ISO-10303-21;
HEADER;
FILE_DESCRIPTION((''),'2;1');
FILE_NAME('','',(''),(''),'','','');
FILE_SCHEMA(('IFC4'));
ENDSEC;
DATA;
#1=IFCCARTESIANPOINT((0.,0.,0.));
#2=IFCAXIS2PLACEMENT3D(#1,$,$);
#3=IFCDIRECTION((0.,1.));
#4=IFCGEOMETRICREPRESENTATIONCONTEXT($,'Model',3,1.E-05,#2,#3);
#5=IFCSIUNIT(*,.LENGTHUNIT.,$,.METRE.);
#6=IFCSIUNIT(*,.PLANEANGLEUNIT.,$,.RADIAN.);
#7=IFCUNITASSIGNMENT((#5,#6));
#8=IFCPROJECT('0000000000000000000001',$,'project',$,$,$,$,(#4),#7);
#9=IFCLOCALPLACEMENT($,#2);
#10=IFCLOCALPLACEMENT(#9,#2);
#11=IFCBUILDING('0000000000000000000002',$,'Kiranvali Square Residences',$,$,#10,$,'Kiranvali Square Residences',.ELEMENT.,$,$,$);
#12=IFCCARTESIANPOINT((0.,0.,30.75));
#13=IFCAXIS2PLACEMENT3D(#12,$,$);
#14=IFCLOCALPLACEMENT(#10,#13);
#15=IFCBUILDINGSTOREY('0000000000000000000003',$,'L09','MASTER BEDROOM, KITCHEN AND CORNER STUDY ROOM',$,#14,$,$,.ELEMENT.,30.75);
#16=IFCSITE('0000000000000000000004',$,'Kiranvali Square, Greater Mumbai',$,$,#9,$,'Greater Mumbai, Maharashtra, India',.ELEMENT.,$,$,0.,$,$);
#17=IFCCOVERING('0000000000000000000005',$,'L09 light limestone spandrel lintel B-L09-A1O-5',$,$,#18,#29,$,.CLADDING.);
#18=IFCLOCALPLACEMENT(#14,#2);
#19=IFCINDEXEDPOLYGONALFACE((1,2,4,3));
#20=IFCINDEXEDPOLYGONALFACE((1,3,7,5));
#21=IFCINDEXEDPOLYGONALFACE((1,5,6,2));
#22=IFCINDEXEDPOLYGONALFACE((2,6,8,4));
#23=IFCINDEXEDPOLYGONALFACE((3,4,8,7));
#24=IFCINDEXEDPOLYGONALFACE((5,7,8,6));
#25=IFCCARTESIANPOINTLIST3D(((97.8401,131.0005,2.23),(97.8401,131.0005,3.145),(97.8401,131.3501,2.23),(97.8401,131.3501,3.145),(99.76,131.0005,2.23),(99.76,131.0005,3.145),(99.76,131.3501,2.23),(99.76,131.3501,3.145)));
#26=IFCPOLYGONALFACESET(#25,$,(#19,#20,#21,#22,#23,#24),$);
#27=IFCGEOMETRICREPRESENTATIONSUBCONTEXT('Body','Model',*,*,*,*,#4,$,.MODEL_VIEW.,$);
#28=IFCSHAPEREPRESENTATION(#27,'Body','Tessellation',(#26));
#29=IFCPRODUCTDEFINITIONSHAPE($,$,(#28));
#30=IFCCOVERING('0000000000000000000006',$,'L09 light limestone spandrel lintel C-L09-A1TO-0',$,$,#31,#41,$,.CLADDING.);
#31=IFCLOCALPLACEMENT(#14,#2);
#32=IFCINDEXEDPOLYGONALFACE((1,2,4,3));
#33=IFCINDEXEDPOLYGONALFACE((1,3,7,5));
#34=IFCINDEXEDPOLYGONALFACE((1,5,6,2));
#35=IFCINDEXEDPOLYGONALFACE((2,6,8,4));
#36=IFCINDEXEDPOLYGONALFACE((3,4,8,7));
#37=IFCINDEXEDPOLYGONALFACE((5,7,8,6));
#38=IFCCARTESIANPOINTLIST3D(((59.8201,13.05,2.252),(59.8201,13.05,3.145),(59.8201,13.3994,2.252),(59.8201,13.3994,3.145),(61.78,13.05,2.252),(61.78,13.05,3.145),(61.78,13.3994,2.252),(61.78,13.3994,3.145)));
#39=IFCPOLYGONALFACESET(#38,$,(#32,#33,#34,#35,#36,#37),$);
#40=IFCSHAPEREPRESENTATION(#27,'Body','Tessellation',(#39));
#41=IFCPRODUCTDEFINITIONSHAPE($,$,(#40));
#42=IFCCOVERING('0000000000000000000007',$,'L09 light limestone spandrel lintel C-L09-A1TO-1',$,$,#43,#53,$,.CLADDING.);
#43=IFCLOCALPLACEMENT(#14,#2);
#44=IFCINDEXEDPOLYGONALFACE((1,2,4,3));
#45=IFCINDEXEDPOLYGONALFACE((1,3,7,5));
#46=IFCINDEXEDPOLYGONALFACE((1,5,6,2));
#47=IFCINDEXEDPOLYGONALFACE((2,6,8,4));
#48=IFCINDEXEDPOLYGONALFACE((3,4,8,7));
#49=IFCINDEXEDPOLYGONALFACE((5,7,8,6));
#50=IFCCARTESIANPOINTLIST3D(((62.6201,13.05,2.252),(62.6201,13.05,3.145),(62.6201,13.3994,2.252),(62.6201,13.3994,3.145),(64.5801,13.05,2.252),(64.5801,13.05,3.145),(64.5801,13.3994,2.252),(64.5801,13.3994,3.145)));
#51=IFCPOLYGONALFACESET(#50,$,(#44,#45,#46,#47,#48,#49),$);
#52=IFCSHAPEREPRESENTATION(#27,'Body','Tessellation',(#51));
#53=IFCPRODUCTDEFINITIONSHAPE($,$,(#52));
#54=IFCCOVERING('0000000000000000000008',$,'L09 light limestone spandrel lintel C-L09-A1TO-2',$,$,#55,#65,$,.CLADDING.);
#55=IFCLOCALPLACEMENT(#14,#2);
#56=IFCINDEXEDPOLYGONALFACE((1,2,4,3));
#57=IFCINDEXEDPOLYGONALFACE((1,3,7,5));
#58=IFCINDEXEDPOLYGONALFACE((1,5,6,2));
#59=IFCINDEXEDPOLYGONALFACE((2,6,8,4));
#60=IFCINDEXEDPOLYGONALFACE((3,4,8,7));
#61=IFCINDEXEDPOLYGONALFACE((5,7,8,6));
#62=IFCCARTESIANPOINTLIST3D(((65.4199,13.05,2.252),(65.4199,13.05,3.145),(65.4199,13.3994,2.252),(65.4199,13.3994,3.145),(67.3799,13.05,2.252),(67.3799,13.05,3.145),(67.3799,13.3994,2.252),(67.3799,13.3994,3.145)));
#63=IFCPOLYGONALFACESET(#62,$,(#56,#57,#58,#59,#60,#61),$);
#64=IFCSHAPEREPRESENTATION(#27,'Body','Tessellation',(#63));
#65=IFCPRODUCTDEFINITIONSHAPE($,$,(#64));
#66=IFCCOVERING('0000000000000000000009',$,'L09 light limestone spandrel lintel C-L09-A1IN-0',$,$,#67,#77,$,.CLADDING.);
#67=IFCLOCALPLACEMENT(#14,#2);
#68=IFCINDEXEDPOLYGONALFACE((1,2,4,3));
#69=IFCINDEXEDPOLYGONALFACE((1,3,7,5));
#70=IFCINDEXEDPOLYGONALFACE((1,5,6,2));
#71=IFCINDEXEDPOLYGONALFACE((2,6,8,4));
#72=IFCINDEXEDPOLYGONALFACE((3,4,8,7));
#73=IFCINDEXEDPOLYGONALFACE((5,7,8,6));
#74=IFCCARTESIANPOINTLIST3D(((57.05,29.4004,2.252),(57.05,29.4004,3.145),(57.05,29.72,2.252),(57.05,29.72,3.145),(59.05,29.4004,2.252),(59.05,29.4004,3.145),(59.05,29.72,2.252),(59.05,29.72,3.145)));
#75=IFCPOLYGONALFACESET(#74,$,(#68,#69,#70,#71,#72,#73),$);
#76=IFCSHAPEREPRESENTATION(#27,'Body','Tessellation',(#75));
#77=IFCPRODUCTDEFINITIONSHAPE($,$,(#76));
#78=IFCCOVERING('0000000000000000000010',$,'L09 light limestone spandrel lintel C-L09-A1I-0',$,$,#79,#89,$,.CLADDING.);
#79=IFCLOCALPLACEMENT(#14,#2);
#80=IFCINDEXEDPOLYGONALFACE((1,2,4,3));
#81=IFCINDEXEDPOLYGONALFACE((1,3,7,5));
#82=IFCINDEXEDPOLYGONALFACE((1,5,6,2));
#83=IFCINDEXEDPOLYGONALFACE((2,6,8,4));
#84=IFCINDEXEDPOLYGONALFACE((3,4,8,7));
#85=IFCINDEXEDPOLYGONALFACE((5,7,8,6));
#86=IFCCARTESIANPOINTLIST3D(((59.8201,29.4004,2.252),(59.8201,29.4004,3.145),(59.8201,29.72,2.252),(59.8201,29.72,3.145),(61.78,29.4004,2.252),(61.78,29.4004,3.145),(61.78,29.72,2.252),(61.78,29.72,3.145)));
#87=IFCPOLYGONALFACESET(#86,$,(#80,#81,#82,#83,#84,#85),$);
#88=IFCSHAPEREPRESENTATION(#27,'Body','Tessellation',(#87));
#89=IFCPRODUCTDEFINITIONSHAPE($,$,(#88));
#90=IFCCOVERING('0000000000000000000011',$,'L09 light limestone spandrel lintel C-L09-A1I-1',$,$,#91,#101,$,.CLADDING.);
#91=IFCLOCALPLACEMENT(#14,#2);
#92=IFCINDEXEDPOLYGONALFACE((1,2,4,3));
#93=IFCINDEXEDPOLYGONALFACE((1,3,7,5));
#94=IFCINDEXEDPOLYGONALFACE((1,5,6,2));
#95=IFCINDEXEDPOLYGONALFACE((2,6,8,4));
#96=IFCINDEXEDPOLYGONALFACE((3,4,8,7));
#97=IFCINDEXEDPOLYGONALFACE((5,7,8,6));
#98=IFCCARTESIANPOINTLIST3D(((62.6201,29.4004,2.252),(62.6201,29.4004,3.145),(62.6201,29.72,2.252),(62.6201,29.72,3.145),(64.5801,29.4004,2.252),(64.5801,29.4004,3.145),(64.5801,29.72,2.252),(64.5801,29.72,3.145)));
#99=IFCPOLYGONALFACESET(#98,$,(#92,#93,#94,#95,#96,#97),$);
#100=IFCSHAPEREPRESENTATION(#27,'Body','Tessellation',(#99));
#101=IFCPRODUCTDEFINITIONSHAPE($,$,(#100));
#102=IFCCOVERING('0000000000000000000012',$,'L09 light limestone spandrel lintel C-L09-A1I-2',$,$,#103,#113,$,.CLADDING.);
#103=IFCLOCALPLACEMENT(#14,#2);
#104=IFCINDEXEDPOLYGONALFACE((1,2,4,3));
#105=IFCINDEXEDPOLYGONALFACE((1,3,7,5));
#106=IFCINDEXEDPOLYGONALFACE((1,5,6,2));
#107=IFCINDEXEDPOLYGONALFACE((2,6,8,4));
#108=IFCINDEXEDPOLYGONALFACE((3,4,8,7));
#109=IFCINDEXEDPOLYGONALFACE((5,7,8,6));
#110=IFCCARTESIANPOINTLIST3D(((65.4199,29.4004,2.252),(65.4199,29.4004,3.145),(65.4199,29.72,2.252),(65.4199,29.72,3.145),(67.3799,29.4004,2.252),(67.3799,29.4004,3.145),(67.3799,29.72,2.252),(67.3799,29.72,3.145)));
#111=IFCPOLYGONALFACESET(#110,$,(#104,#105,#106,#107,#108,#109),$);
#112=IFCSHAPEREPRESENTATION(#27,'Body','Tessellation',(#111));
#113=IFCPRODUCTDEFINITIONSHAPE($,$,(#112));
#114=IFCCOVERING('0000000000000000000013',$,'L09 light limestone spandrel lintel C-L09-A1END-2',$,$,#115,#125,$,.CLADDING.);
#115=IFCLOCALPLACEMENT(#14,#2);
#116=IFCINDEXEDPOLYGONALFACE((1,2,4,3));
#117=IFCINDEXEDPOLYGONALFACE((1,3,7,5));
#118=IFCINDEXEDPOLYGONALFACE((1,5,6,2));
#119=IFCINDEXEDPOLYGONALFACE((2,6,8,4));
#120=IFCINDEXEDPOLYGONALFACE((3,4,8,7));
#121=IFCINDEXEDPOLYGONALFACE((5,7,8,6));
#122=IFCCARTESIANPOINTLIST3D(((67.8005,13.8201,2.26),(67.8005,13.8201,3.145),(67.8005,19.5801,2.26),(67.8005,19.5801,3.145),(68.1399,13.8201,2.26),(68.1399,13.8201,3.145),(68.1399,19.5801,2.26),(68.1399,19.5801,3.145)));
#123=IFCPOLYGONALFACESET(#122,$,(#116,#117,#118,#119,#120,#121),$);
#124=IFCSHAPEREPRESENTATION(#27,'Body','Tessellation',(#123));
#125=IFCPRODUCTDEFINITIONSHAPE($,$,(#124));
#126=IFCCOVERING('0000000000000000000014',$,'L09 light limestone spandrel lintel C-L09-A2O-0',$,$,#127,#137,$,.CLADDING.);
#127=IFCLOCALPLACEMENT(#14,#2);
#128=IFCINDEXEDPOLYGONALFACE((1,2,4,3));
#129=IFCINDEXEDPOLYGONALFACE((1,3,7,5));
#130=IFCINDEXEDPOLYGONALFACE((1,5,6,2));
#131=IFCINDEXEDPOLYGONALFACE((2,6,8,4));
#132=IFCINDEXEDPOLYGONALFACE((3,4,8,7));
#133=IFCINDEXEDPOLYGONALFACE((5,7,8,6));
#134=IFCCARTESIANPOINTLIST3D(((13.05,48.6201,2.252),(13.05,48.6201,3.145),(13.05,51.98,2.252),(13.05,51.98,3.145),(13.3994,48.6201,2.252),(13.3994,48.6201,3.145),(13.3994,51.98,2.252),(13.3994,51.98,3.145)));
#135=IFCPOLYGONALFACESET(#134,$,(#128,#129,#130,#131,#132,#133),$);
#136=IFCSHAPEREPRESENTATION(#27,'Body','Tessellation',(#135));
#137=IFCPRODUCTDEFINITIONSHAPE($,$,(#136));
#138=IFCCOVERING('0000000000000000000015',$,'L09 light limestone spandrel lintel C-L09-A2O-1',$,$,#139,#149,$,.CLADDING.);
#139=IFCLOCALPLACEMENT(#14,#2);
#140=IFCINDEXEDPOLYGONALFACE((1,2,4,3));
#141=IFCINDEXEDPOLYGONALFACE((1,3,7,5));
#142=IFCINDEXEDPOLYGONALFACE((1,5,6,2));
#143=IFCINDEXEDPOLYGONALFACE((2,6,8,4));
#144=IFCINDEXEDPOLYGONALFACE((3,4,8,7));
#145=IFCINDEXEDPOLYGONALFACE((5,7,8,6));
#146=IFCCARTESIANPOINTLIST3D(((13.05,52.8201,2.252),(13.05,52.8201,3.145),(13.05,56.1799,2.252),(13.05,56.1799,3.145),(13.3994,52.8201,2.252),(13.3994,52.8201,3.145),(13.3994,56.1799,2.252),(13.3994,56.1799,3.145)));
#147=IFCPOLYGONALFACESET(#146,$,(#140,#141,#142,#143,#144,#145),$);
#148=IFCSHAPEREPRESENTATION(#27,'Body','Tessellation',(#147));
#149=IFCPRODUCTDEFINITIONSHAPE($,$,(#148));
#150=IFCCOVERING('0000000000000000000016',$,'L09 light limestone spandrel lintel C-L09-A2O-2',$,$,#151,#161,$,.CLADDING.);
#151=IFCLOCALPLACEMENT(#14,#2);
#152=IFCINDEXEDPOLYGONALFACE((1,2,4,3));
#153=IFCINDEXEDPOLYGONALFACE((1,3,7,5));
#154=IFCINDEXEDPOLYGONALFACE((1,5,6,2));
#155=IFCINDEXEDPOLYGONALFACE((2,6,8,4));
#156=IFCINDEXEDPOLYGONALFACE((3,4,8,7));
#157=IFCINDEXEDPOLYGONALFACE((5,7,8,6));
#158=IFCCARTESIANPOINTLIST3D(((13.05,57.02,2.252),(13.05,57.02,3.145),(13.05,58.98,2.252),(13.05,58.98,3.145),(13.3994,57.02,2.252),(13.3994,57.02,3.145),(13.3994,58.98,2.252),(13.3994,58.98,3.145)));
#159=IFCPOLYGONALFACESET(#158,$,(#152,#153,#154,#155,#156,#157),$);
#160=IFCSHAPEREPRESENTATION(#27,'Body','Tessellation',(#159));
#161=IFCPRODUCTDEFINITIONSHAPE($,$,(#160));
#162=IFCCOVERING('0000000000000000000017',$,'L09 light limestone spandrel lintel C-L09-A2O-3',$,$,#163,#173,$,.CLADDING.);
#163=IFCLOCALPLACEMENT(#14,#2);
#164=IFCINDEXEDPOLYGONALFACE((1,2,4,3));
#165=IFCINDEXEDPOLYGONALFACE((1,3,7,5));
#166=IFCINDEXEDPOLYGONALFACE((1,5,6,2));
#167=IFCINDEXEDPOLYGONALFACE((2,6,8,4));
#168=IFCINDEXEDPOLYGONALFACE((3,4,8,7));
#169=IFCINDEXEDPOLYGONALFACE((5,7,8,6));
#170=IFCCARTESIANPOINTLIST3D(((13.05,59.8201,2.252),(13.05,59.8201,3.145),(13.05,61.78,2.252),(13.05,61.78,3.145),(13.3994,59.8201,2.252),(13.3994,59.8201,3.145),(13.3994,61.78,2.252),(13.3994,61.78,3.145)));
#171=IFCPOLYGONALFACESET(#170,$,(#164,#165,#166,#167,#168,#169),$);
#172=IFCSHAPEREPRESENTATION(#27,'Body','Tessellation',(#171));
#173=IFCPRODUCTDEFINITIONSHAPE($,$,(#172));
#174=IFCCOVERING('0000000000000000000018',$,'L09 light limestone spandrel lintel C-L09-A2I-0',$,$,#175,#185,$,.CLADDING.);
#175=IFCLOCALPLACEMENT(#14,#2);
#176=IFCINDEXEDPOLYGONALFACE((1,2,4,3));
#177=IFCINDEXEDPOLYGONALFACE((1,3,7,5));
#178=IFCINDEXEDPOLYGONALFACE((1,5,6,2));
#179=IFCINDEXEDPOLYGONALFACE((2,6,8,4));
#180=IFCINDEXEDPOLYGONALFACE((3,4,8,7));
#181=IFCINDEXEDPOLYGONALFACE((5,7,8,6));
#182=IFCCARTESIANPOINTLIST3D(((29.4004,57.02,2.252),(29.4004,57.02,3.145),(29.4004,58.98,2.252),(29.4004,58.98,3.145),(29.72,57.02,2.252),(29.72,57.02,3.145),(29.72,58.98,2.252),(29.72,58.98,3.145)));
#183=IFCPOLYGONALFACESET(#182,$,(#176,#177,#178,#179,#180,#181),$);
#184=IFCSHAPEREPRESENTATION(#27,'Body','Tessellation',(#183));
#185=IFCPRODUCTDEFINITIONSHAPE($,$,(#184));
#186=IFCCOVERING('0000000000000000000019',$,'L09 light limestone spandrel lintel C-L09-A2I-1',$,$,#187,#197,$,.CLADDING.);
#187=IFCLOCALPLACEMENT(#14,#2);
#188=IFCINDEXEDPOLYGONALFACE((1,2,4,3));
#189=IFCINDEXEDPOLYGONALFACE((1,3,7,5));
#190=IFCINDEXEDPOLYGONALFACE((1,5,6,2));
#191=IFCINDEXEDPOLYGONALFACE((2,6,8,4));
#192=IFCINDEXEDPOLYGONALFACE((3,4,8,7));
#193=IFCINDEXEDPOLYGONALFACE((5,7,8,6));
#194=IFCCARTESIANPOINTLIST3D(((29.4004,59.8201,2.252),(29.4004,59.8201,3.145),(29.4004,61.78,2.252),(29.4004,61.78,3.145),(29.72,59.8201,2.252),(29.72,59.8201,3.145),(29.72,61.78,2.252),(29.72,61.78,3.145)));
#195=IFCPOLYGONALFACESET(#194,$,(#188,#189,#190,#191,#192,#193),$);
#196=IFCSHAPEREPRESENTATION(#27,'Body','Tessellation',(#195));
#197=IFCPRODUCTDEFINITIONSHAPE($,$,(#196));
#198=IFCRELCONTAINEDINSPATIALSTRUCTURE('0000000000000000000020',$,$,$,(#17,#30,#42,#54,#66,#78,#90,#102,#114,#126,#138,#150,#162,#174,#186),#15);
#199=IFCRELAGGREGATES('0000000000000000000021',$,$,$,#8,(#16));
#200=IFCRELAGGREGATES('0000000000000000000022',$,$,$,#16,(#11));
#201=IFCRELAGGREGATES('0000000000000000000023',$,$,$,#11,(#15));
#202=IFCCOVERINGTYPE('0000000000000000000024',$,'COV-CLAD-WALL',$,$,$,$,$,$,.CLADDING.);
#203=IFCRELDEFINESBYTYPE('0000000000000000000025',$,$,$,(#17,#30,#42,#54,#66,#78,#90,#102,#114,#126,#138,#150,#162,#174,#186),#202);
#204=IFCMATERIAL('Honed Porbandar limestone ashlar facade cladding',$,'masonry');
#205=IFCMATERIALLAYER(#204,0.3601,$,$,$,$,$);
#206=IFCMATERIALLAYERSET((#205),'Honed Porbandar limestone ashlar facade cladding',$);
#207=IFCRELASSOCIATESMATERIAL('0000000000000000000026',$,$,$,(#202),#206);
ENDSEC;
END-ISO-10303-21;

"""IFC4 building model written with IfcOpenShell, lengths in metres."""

from ifc_helpers import new_model, si_unit, direction, frame, origin, place, context, subcontext, project, spatial, polyline, outline, extrude, material, layer, layer_set, type_object, element, save


model = new_model("IFC4")

# Units and contexts
model_context = context("Model", 3, precision=1e-05, world=origin(), true_north=direction((0.0, 1.0)))
body_context = subcontext(model_context, "Body", "Model", "MODEL_VIEW")
ifc_project = project(units=[si_unit("LENGTHUNIT", "METRE"), si_unit("PLANEANGLEUNIT", "RADIAN")], contexts=[model_context])

# Site, building, storey
site_placement = place(None, origin())
site = spatial("IfcSite", under=ifc_project, at=site_placement, Name="Kiranvali Square, Greater Mumbai", LongName="Greater Mumbai, Maharashtra, India", CompositionType="ELEMENT", RefElevation=0.0)
building_placement = place(site_placement, origin())
building = spatial("IfcBuilding", under=site, at=building_placement, Name="Kiranvali Square Residences", LongName="Kiranvali Square Residences", CompositionType="ELEMENT")
storey_placement = place(building_placement, frame((0.0, 0.0, 30.75)))
storey = spatial("IfcBuildingStorey", under=building, at=storey_placement, Name="L09", Description="MASTER BEDROOM, KITCHEN AND CORNER STUDY ROOM", CompositionType="ELEMENT", Elevation=30.75)

# Coverings
ifc_material = material(Name="Honed Porbandar limestone ashlar facade cladding", Category="masonry")
ifc_layer = layer(ifc_material, 0.3601)
ifc_layer_set = layer_set([ifc_layer], Name="Honed Porbandar limestone ashlar facade cladding")
covering_type = type_object("IfcCoveringType", Name="COV-CLAD-WALL", PredefinedType="CLADDING", material=ifc_layer_set)
covering_1_placement = place(storey_placement, frame((0.0, 0.0, 2.23)))
element("IfcCovering", 1, at=covering_1_placement, inside=storey, type_object=covering_type, Name="L09 light limestone spandrel lintel B-L09-A1O-5", PredefinedType="CLADDING", context=body_context, shape_type="SweptSolid", body=[
    extrude(outline(polyline([(99.76, 131.3501), (97.8401, 131.3501), (97.8401, 131.0005), (99.76, 131.0005), (99.76, 131.3501)])), origin(), (0.0, 0.0, 1.0), 0.915),
])
covering_2_placement = place(storey_placement, frame((0.0, 0.0, 2.252)))
element("IfcCovering", 2, at=covering_2_placement, inside=storey, type_object=covering_type, Name="L09 light limestone spandrel lintel C-L09-A1TO-0", PredefinedType="CLADDING", context=body_context, shape_type="SweptSolid", body=[
    extrude(outline(polyline([(59.8201, 13.05), (61.78, 13.05), (61.78, 13.3994), (59.8201, 13.3994), (59.8201, 13.05)])), origin(), (0.0, 0.0, 1.0), 0.8931),
])
covering_3_placement = place(storey_placement, frame((0.0, 0.0, 2.252)))
element("IfcCovering", 3, at=covering_3_placement, inside=storey, type_object=covering_type, Name="L09 light limestone spandrel lintel C-L09-A1TO-1", PredefinedType="CLADDING", context=body_context, shape_type="SweptSolid", body=[
    extrude(outline(polyline([(62.6201, 13.05), (64.5801, 13.05), (64.5801, 13.3994), (62.6201, 13.3994), (62.6201, 13.05)])), origin(), (0.0, 0.0, 1.0), 0.8931),
])
covering_4_placement = place(storey_placement, frame((0.0, 0.0, 2.252)))
element("IfcCovering", 4, at=covering_4_placement, inside=storey, type_object=covering_type, Name="L09 light limestone spandrel lintel C-L09-A1TO-2", PredefinedType="CLADDING", context=body_context, shape_type="SweptSolid", body=[
    extrude(outline(polyline([(65.4199, 13.05), (67.3799, 13.05), (67.3799, 13.3994), (65.4199, 13.3994), (65.4199, 13.05)])), origin(), (0.0, 0.0, 1.0), 0.8931),
])
covering_5_placement = place(storey_placement, frame((0.0, 0.0, 2.252)))
element("IfcCovering", 5, at=covering_5_placement, inside=storey, type_object=covering_type, Name="L09 light limestone spandrel lintel C-L09-A1IN-0", PredefinedType="CLADDING", context=body_context, shape_type="SweptSolid", body=[
    extrude(outline(polyline([(57.05, 29.4004), (59.05, 29.4004), (59.05, 29.72), (57.05, 29.72), (57.05, 29.4004)])), origin(), (0.0, 0.0, 1.0), 0.8931),
])
covering_6_placement = place(storey_placement, frame((0.0, 0.0, 2.252)))
element("IfcCovering", 6, at=covering_6_placement, inside=storey, type_object=covering_type, Name="L09 light limestone spandrel lintel C-L09-A1I-0", PredefinedType="CLADDING", context=body_context, shape_type="SweptSolid", body=[
    extrude(outline(polyline([(59.8201, 29.4004), (61.78, 29.4004), (61.78, 29.72), (59.8201, 29.72), (59.8201, 29.4004)])), origin(), (0.0, 0.0, 1.0), 0.8931),
])
covering_7_placement = place(storey_placement, frame((0.0, 0.0, 2.252)))
element("IfcCovering", 7, at=covering_7_placement, inside=storey, type_object=covering_type, Name="L09 light limestone spandrel lintel C-L09-A1I-1", PredefinedType="CLADDING", context=body_context, shape_type="SweptSolid", body=[
    extrude(outline(polyline([(62.6201, 29.4004), (64.5801, 29.4004), (64.5801, 29.72), (62.6201, 29.72), (62.6201, 29.4004)])), origin(), (0.0, 0.0, 1.0), 0.8931),
])
covering_8_placement = place(storey_placement, frame((0.0, 0.0, 2.252)))
element("IfcCovering", 8, at=covering_8_placement, inside=storey, type_object=covering_type, Name="L09 light limestone spandrel lintel C-L09-A1I-2", PredefinedType="CLADDING", context=body_context, shape_type="SweptSolid", body=[
    extrude(outline(polyline([(65.4199, 29.4004), (67.3799, 29.4004), (67.3799, 29.72), (65.4199, 29.72), (65.4199, 29.4004)])), origin(), (0.0, 0.0, 1.0), 0.8931),
])
covering_9_placement = place(storey_placement, frame((0.0, 0.0, 2.26)))
element("IfcCovering", 9, at=covering_9_placement, inside=storey, type_object=covering_type, Name="L09 light limestone spandrel lintel C-L09-A1END-2", PredefinedType="CLADDING", context=body_context, shape_type="SweptSolid", body=[
    extrude(outline(polyline([(67.8005, 19.5801), (67.8005, 13.8201), (68.1399, 13.8201), (68.1399, 19.5801), (67.8005, 19.5801)])), origin(), (0.0, 0.0, 1.0), 0.885),
])
covering_10_placement = place(storey_placement, frame((0.0, 0.0, 2.252)))
element("IfcCovering", 10, at=covering_10_placement, inside=storey, type_object=covering_type, Name="L09 light limestone spandrel lintel C-L09-A2O-0", PredefinedType="CLADDING", context=body_context, shape_type="SweptSolid", body=[
    extrude(outline(polyline([(13.3994, 48.6201), (13.3994, 51.98), (13.05, 51.98), (13.05, 48.6201), (13.3994, 48.6201)])), origin(), (0.0, 0.0, 1.0), 0.8931),
])
covering_11_placement = place(storey_placement, frame((0.0, 0.0, 2.252)))
element("IfcCovering", 11, at=covering_11_placement, inside=storey, type_object=covering_type, Name="L09 light limestone spandrel lintel C-L09-A2O-1", PredefinedType="CLADDING", context=body_context, shape_type="SweptSolid", body=[
    extrude(outline(polyline([(13.3994, 52.8201), (13.3994, 56.1799), (13.05, 56.1799), (13.05, 52.8201), (13.3994, 52.8201)])), origin(), (0.0, 0.0, 1.0), 0.8931),
])
covering_12_placement = place(storey_placement, frame((0.0, 0.0, 2.252)))
element("IfcCovering", 12, at=covering_12_placement, inside=storey, type_object=covering_type, Name="L09 light limestone spandrel lintel C-L09-A2O-2", PredefinedType="CLADDING", context=body_context, shape_type="SweptSolid", body=[
    extrude(outline(polyline([(13.3994, 57.02), (13.3994, 58.98), (13.05, 58.98), (13.05, 57.02), (13.3994, 57.02)])), origin(), (0.0, 0.0, 1.0), 0.8931),
])
covering_13_placement = place(storey_placement, frame((0.0, 0.0, 2.252)))
element("IfcCovering", 13, at=covering_13_placement, inside=storey, type_object=covering_type, Name="L09 light limestone spandrel lintel C-L09-A2O-3", PredefinedType="CLADDING", context=body_context, shape_type="SweptSolid", body=[
    extrude(outline(polyline([(13.3994, 59.8201), (13.3994, 61.78), (13.05, 61.78), (13.05, 59.8201), (13.3994, 59.8201)])), origin(), (0.0, 0.0, 1.0), 0.8931),
])
covering_14_placement = place(storey_placement, frame((0.0, 0.0, 2.252)))
element("IfcCovering", 14, at=covering_14_placement, inside=storey, type_object=covering_type, Name="L09 light limestone spandrel lintel C-L09-A2I-0", PredefinedType="CLADDING", context=body_context, shape_type="SweptSolid", body=[
    extrude(outline(polyline([(29.72, 57.02), (29.72, 58.98), (29.4004, 58.98), (29.4004, 57.02), (29.72, 57.02)])), origin(), (0.0, 0.0, 1.0), 0.8931),
])
covering_15_placement = place(storey_placement, frame((0.0, 0.0, 2.252)))
element("IfcCovering", 15, at=covering_15_placement, inside=storey, type_object=covering_type, Name="L09 light limestone spandrel lintel C-L09-A2I-1", PredefinedType="CLADDING", context=body_context, shape_type="SweptSolid", body=[
    extrude(outline(polyline([(29.72, 59.8201), (29.72, 61.78), (29.4004, 61.78), (29.4004, 59.8201), (29.72, 59.8201)])), origin(), (0.0, 0.0, 1.0), 0.8931),
])

save(model, "model.ifc")
